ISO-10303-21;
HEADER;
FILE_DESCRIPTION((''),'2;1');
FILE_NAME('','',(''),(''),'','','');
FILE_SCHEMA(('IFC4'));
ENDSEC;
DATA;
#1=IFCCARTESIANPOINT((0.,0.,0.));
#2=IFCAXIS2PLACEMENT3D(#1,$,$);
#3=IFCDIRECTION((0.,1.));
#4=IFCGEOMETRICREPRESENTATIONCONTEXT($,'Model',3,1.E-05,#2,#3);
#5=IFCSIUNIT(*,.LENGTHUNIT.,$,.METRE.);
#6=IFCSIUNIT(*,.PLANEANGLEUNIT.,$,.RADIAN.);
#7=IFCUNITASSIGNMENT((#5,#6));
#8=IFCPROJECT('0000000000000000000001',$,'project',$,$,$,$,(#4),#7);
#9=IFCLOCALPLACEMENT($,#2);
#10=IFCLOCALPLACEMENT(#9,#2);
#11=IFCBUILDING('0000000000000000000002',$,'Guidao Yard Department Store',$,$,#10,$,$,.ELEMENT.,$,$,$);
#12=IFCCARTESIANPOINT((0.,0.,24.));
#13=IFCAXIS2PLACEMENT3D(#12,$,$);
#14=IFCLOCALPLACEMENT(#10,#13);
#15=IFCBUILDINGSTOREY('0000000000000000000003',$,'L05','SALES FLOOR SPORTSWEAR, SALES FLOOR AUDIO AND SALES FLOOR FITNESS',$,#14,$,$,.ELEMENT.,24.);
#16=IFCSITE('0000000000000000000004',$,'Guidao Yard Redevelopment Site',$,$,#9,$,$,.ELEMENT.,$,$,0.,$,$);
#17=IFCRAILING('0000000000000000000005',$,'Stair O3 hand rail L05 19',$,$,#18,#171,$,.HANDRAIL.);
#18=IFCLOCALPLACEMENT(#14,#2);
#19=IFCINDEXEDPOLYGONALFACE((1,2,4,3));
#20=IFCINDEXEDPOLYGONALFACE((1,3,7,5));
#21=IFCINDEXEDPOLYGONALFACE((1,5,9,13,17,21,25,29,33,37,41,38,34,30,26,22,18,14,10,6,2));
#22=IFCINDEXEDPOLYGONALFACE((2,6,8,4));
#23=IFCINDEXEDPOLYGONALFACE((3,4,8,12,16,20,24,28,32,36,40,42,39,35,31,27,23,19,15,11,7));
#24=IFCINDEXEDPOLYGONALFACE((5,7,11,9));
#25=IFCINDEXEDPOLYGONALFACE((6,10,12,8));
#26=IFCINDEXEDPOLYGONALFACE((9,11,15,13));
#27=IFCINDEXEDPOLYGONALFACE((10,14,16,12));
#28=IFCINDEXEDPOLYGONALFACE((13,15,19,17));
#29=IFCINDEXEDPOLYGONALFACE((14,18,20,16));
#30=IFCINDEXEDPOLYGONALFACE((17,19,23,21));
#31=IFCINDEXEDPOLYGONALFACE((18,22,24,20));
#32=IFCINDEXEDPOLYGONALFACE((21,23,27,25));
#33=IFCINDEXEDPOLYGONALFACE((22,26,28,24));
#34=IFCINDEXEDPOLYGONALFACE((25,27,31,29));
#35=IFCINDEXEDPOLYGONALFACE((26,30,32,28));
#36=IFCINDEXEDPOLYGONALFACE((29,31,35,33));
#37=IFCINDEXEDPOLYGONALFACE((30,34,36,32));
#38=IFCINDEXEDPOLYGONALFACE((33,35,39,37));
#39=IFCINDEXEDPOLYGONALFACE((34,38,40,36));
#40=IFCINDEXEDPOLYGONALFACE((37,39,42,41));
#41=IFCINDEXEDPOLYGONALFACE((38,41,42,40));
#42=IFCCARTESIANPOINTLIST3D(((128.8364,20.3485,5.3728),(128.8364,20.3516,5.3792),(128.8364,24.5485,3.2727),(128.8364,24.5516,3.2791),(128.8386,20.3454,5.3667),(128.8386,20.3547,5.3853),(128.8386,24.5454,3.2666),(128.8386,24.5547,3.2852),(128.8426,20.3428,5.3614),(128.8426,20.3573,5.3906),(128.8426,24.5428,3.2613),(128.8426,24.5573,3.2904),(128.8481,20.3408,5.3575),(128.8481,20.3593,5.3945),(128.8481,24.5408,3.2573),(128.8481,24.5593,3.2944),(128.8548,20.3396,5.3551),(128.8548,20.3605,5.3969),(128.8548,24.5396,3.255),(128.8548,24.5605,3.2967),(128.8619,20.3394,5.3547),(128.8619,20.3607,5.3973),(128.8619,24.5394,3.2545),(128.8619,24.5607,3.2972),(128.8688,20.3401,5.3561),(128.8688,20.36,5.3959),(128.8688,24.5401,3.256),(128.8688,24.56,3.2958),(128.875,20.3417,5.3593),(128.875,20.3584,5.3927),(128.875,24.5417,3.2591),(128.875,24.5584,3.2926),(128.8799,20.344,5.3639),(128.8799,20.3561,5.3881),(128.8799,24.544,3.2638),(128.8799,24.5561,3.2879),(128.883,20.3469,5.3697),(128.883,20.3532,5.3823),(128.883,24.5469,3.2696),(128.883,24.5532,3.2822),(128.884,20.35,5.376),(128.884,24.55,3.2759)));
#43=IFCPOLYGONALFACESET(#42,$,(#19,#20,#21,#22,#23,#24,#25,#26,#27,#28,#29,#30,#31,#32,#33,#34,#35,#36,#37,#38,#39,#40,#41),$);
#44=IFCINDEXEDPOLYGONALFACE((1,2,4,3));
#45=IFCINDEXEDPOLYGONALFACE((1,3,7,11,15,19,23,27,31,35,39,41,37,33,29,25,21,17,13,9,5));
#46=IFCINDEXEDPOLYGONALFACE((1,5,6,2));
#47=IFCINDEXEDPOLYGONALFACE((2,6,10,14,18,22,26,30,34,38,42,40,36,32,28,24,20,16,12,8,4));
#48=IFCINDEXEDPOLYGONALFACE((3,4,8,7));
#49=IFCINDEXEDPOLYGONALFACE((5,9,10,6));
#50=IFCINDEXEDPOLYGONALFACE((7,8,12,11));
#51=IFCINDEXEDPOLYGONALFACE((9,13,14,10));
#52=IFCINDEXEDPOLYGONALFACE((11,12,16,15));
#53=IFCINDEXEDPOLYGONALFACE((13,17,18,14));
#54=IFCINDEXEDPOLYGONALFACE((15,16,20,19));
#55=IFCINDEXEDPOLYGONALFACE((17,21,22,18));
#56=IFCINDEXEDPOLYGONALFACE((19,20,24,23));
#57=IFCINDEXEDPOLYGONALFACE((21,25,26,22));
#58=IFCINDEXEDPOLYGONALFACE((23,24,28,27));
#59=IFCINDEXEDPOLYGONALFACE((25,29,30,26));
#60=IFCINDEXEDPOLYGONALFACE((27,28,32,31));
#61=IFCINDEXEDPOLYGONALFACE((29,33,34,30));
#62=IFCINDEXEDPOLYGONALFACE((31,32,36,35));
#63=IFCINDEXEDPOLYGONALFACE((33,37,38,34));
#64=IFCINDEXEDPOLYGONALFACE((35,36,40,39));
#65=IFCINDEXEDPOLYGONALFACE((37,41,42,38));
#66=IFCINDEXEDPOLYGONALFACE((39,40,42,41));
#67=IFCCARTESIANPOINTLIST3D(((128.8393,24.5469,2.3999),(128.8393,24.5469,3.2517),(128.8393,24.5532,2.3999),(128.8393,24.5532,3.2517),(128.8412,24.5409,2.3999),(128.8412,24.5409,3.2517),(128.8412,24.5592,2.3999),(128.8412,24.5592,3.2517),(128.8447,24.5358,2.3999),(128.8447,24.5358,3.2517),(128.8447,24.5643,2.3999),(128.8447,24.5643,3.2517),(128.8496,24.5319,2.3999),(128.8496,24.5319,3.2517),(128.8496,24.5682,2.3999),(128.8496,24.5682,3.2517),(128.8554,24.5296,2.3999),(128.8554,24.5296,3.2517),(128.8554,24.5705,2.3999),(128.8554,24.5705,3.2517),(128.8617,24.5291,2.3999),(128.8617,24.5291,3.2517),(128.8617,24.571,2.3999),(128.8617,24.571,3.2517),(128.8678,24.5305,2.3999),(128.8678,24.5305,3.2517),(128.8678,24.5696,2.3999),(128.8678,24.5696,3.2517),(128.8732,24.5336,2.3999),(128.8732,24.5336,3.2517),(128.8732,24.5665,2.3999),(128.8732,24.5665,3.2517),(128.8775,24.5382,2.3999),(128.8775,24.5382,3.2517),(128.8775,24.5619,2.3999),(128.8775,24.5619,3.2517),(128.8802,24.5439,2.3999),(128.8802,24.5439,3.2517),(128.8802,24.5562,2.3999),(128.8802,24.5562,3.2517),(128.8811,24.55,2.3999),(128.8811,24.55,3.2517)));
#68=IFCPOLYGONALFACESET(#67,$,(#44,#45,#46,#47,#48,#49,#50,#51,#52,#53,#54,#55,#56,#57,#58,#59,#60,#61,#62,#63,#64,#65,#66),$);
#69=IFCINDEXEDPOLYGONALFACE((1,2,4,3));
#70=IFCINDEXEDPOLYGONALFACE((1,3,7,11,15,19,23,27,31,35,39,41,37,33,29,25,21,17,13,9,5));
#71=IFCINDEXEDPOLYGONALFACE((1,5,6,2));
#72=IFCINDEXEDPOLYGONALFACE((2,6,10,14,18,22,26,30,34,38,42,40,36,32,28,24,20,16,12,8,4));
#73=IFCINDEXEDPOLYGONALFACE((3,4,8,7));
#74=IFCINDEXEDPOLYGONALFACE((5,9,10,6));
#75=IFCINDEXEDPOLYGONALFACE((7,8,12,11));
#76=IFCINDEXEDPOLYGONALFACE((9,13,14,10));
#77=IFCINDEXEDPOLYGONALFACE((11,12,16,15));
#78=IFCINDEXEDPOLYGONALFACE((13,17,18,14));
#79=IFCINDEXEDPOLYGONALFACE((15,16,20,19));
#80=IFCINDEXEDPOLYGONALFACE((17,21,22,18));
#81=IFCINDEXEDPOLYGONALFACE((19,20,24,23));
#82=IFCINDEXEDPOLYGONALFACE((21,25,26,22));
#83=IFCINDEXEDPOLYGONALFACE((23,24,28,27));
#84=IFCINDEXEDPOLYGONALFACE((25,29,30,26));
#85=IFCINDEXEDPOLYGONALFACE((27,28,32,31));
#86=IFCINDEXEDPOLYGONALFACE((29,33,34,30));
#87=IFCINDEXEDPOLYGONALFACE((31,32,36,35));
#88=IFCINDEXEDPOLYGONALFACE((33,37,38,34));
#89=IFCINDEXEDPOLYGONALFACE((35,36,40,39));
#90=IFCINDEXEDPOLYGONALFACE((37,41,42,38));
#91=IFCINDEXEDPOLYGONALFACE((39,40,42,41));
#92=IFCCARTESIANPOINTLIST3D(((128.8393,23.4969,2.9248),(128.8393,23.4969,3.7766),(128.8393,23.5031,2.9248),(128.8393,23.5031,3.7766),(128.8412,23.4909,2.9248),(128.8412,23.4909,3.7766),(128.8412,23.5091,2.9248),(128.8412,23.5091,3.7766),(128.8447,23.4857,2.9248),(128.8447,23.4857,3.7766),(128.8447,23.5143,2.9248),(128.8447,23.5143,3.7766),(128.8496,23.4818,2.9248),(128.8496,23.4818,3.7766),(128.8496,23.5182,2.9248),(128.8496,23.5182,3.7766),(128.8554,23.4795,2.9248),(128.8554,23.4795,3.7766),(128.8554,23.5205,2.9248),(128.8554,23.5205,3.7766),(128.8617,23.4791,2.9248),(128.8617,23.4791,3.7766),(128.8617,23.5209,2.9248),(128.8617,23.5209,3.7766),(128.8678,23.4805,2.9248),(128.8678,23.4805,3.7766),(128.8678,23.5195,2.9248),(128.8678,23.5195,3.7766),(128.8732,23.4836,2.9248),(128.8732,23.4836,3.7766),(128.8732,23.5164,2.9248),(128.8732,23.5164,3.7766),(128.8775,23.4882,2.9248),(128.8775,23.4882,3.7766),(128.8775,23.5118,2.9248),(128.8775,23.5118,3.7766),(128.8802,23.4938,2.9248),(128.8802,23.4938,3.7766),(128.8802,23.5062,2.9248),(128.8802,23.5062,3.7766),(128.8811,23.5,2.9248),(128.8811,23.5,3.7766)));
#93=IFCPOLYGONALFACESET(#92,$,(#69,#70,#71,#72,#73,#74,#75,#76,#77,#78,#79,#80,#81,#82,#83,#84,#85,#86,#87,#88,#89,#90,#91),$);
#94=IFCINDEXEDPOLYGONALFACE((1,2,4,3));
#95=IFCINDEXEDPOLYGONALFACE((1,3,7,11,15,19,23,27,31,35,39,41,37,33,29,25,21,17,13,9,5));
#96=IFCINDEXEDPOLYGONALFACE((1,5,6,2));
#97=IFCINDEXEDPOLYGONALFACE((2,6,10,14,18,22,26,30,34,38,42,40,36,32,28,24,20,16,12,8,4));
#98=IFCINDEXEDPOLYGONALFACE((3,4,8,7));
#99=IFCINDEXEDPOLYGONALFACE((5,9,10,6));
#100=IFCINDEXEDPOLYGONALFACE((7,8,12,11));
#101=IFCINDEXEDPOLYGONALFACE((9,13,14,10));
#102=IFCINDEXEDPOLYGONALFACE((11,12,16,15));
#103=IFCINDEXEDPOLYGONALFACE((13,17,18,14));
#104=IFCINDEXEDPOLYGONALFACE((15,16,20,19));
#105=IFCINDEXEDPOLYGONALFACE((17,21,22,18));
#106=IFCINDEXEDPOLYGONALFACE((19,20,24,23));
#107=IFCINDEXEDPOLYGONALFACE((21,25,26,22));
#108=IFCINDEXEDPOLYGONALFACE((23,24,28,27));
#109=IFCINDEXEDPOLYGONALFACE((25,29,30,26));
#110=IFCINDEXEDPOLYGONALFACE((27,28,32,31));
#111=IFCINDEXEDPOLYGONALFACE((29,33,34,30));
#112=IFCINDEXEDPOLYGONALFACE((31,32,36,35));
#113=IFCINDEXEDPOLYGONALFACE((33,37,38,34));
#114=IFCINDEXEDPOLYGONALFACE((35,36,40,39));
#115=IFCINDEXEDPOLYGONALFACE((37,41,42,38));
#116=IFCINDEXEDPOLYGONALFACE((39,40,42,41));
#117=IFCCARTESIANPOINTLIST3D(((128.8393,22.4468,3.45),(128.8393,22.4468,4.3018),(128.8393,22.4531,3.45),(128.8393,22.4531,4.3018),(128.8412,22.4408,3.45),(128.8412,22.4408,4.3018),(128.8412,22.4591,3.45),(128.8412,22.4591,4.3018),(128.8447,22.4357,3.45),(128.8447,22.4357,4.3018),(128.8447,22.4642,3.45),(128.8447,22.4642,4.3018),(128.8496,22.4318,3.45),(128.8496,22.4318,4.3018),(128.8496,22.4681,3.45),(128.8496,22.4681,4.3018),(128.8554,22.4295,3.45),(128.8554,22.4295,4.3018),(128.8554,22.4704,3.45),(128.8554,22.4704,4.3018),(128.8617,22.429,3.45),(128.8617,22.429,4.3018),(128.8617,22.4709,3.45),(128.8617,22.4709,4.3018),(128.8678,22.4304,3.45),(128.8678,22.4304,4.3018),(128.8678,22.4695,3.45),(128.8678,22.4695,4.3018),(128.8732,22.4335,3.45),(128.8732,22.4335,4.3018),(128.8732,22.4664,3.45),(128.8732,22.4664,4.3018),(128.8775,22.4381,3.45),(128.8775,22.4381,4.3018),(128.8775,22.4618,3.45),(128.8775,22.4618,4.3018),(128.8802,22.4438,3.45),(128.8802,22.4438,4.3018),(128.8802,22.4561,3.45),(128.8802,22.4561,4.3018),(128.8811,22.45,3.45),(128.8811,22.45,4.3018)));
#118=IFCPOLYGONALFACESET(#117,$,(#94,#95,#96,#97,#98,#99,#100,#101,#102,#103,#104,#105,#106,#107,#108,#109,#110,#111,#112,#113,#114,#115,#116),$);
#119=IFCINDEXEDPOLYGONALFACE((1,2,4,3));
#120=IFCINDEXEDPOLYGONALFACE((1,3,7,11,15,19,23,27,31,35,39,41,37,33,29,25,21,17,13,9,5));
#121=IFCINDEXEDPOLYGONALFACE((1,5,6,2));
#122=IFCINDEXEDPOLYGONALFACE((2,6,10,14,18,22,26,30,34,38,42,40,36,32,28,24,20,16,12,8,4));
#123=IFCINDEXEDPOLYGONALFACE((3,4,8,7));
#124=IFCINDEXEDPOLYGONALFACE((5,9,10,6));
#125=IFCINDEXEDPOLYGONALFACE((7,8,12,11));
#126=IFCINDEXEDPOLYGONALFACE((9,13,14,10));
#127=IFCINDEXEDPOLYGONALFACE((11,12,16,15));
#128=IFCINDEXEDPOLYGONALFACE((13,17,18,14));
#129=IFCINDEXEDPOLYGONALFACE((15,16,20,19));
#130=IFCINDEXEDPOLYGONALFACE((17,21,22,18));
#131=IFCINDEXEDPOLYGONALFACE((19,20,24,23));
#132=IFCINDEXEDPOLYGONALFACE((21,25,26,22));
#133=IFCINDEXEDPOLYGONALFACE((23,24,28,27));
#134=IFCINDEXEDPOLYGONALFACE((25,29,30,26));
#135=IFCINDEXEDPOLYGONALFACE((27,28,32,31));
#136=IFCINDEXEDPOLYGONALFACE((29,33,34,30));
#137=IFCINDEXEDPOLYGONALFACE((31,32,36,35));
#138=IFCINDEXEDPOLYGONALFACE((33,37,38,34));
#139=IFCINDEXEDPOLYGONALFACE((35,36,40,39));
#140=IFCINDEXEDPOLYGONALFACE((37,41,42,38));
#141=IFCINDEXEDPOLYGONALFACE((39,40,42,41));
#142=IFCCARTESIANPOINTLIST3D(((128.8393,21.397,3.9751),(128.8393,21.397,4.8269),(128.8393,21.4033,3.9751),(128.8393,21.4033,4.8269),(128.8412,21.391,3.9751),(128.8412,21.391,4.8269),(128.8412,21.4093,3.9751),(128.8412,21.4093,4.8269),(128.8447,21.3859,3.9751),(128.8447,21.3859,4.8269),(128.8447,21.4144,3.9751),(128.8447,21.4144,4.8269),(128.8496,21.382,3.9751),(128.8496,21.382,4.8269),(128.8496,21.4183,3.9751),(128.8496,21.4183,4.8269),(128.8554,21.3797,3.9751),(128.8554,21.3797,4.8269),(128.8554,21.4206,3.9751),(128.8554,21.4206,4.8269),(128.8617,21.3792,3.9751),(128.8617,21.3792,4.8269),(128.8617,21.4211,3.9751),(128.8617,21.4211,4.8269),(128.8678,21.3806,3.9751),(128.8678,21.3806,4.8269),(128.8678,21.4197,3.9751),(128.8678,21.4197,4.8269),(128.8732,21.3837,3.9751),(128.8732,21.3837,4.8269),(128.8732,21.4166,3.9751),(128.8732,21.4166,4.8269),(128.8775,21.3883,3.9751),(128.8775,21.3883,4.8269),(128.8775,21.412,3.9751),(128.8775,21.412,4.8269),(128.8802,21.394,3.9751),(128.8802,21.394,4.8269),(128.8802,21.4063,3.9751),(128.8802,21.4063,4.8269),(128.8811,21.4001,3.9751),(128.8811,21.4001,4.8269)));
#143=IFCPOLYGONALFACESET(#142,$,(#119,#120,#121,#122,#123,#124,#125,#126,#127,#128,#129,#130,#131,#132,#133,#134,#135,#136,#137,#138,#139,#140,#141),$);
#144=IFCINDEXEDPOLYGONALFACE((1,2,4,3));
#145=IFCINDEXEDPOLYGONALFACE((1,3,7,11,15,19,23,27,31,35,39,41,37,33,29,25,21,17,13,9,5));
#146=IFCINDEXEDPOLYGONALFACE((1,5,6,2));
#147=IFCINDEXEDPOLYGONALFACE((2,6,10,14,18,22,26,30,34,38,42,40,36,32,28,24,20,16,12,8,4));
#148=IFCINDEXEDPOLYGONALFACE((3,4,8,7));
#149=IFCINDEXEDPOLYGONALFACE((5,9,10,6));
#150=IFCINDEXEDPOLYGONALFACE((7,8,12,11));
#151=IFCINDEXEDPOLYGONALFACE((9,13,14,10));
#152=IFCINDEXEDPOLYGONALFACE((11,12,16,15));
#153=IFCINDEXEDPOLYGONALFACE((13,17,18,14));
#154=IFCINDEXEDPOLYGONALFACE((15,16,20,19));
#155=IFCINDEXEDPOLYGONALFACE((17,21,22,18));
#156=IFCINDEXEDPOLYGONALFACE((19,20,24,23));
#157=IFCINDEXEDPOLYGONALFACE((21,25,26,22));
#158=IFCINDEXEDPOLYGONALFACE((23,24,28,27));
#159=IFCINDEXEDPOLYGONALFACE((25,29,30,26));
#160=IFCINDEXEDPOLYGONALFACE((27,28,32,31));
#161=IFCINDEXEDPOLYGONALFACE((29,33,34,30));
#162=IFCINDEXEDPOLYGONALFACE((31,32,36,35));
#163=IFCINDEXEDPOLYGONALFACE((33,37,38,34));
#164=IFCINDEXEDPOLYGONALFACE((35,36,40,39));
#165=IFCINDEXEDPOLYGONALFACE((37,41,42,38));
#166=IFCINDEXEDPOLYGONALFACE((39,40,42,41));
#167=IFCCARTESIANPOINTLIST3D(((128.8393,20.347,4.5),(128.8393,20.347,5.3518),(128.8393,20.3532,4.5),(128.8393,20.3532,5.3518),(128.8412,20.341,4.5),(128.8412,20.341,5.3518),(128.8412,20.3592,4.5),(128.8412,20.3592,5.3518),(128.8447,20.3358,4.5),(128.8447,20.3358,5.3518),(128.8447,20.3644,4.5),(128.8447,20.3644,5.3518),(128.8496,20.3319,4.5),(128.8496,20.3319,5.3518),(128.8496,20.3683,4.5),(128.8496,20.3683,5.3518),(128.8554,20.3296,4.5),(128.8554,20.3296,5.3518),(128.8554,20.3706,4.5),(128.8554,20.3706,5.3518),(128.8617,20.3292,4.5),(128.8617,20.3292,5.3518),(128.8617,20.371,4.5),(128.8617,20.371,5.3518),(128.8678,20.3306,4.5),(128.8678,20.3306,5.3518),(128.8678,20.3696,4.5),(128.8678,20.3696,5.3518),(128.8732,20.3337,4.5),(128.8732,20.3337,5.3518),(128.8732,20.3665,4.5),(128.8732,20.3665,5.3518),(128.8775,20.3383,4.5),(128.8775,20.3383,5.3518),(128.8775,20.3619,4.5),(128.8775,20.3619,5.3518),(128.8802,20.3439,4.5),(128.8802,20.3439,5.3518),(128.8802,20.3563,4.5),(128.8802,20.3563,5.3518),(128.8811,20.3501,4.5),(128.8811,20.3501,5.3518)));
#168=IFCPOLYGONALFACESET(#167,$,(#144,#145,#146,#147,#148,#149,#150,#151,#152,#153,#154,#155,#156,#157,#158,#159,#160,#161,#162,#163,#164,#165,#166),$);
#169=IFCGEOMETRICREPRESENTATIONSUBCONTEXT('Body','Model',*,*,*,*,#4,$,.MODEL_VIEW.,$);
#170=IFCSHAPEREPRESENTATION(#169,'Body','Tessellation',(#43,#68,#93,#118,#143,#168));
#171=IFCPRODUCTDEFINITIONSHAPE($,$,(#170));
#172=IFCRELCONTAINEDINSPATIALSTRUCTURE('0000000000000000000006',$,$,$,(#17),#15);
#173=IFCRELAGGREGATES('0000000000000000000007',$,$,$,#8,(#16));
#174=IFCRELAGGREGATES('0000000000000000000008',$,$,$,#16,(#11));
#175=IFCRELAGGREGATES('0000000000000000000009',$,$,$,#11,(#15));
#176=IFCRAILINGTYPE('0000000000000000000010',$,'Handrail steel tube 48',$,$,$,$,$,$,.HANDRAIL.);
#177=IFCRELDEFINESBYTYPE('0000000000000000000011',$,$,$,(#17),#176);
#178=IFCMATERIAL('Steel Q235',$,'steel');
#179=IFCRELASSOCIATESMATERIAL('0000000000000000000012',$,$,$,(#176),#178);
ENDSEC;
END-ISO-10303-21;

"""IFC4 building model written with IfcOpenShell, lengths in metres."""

from ifc_helpers import new_model, si_unit, direction, frame, origin, origin_2d, place, context, subcontext, project, spatial, circle, extrude, material, type_object, element, save


model = new_model("IFC4")

# Units and contexts
model_context = context("Model", 3, precision=1e-05, world=origin(), true_north=direction((0.0, 1.0)))
body_context = subcontext(model_context, "Body", "Model", "MODEL_VIEW")
ifc_project = project(units=[si_unit("LENGTHUNIT", "METRE"), si_unit("PLANEANGLEUNIT", "RADIAN")], contexts=[model_context])

# Site, building, storey
site_placement = place(None, origin())
site = spatial("IfcSite", under=ifc_project, at=site_placement, Name="Guidao Yard Redevelopment Site", CompositionType="ELEMENT", RefElevation=0.0)
building_placement = place(site_placement, origin())
building = spatial("IfcBuilding", under=site, at=building_placement, Name="Guidao Yard Department Store", CompositionType="ELEMENT")
storey_placement = place(building_placement, frame((0.0, 0.0, 24.0)))
storey = spatial("IfcBuildingStorey", under=building, at=storey_placement, Name="L05", Description="SALES FLOOR SPORTSWEAR, SALES FLOOR AUDIO AND SALES FLOOR FITNESS", CompositionType="ELEMENT", Elevation=24.0)

# Railing
ifc_material_1 = material(Name="Steel Q235", Category="steel")
railing_type_1 = type_object("IfcRailingType", Name="Handrail steel tube 48", PredefinedType="HANDRAIL", material=ifc_material_1)
for number, where, name in (
    (1, (128.8601, 24.55, 2.3999), "Stair O3 hand rail L05 19"),
):
    element("IfcRailing", number, at=place(storey_placement, frame(where)), inside=storey, type_object=railing_type_1, Name=name, PredefinedType="HANDRAIL", context=body_context, shape_type="SweptSolid", body=[
        extrude(circle(Radius=0.0239, at=origin_2d()), frame((0.0, 0.0, 0.876), z_axis=(0.0, -0.894417, 0.447234), x_axis=(1.0, 0.0, 0.0)), (0.0, 0.0, 1.0), 4.6958),
        extrude(circle(Radius=0.021, at=origin_2d()), origin(), (0.0, 0.0, 1.0), 0.8518),
        extrude(circle(Radius=0.021, at=origin_2d()), frame((0.0, -1.05, 0.5249)), (0.0, 0.0, 1.0), 0.8518),
        extrude(circle(Radius=0.021, at=origin_2d()), frame((0.0, -2.1001, 1.05)), (0.0, 0.0, 1.0), 0.8518),
        extrude(circle(Radius=0.021, at=origin_2d()), frame((0.0, -3.1499, 1.5752)), (0.0, 0.0, 1.0), 0.8518),
        extrude(circle(Radius=0.021, at=origin_2d()), frame((0.0, -4.2, 2.1001)), (0.0, 0.0, 1.0), 0.8518),
    ])

save(model, "model.ifc")
